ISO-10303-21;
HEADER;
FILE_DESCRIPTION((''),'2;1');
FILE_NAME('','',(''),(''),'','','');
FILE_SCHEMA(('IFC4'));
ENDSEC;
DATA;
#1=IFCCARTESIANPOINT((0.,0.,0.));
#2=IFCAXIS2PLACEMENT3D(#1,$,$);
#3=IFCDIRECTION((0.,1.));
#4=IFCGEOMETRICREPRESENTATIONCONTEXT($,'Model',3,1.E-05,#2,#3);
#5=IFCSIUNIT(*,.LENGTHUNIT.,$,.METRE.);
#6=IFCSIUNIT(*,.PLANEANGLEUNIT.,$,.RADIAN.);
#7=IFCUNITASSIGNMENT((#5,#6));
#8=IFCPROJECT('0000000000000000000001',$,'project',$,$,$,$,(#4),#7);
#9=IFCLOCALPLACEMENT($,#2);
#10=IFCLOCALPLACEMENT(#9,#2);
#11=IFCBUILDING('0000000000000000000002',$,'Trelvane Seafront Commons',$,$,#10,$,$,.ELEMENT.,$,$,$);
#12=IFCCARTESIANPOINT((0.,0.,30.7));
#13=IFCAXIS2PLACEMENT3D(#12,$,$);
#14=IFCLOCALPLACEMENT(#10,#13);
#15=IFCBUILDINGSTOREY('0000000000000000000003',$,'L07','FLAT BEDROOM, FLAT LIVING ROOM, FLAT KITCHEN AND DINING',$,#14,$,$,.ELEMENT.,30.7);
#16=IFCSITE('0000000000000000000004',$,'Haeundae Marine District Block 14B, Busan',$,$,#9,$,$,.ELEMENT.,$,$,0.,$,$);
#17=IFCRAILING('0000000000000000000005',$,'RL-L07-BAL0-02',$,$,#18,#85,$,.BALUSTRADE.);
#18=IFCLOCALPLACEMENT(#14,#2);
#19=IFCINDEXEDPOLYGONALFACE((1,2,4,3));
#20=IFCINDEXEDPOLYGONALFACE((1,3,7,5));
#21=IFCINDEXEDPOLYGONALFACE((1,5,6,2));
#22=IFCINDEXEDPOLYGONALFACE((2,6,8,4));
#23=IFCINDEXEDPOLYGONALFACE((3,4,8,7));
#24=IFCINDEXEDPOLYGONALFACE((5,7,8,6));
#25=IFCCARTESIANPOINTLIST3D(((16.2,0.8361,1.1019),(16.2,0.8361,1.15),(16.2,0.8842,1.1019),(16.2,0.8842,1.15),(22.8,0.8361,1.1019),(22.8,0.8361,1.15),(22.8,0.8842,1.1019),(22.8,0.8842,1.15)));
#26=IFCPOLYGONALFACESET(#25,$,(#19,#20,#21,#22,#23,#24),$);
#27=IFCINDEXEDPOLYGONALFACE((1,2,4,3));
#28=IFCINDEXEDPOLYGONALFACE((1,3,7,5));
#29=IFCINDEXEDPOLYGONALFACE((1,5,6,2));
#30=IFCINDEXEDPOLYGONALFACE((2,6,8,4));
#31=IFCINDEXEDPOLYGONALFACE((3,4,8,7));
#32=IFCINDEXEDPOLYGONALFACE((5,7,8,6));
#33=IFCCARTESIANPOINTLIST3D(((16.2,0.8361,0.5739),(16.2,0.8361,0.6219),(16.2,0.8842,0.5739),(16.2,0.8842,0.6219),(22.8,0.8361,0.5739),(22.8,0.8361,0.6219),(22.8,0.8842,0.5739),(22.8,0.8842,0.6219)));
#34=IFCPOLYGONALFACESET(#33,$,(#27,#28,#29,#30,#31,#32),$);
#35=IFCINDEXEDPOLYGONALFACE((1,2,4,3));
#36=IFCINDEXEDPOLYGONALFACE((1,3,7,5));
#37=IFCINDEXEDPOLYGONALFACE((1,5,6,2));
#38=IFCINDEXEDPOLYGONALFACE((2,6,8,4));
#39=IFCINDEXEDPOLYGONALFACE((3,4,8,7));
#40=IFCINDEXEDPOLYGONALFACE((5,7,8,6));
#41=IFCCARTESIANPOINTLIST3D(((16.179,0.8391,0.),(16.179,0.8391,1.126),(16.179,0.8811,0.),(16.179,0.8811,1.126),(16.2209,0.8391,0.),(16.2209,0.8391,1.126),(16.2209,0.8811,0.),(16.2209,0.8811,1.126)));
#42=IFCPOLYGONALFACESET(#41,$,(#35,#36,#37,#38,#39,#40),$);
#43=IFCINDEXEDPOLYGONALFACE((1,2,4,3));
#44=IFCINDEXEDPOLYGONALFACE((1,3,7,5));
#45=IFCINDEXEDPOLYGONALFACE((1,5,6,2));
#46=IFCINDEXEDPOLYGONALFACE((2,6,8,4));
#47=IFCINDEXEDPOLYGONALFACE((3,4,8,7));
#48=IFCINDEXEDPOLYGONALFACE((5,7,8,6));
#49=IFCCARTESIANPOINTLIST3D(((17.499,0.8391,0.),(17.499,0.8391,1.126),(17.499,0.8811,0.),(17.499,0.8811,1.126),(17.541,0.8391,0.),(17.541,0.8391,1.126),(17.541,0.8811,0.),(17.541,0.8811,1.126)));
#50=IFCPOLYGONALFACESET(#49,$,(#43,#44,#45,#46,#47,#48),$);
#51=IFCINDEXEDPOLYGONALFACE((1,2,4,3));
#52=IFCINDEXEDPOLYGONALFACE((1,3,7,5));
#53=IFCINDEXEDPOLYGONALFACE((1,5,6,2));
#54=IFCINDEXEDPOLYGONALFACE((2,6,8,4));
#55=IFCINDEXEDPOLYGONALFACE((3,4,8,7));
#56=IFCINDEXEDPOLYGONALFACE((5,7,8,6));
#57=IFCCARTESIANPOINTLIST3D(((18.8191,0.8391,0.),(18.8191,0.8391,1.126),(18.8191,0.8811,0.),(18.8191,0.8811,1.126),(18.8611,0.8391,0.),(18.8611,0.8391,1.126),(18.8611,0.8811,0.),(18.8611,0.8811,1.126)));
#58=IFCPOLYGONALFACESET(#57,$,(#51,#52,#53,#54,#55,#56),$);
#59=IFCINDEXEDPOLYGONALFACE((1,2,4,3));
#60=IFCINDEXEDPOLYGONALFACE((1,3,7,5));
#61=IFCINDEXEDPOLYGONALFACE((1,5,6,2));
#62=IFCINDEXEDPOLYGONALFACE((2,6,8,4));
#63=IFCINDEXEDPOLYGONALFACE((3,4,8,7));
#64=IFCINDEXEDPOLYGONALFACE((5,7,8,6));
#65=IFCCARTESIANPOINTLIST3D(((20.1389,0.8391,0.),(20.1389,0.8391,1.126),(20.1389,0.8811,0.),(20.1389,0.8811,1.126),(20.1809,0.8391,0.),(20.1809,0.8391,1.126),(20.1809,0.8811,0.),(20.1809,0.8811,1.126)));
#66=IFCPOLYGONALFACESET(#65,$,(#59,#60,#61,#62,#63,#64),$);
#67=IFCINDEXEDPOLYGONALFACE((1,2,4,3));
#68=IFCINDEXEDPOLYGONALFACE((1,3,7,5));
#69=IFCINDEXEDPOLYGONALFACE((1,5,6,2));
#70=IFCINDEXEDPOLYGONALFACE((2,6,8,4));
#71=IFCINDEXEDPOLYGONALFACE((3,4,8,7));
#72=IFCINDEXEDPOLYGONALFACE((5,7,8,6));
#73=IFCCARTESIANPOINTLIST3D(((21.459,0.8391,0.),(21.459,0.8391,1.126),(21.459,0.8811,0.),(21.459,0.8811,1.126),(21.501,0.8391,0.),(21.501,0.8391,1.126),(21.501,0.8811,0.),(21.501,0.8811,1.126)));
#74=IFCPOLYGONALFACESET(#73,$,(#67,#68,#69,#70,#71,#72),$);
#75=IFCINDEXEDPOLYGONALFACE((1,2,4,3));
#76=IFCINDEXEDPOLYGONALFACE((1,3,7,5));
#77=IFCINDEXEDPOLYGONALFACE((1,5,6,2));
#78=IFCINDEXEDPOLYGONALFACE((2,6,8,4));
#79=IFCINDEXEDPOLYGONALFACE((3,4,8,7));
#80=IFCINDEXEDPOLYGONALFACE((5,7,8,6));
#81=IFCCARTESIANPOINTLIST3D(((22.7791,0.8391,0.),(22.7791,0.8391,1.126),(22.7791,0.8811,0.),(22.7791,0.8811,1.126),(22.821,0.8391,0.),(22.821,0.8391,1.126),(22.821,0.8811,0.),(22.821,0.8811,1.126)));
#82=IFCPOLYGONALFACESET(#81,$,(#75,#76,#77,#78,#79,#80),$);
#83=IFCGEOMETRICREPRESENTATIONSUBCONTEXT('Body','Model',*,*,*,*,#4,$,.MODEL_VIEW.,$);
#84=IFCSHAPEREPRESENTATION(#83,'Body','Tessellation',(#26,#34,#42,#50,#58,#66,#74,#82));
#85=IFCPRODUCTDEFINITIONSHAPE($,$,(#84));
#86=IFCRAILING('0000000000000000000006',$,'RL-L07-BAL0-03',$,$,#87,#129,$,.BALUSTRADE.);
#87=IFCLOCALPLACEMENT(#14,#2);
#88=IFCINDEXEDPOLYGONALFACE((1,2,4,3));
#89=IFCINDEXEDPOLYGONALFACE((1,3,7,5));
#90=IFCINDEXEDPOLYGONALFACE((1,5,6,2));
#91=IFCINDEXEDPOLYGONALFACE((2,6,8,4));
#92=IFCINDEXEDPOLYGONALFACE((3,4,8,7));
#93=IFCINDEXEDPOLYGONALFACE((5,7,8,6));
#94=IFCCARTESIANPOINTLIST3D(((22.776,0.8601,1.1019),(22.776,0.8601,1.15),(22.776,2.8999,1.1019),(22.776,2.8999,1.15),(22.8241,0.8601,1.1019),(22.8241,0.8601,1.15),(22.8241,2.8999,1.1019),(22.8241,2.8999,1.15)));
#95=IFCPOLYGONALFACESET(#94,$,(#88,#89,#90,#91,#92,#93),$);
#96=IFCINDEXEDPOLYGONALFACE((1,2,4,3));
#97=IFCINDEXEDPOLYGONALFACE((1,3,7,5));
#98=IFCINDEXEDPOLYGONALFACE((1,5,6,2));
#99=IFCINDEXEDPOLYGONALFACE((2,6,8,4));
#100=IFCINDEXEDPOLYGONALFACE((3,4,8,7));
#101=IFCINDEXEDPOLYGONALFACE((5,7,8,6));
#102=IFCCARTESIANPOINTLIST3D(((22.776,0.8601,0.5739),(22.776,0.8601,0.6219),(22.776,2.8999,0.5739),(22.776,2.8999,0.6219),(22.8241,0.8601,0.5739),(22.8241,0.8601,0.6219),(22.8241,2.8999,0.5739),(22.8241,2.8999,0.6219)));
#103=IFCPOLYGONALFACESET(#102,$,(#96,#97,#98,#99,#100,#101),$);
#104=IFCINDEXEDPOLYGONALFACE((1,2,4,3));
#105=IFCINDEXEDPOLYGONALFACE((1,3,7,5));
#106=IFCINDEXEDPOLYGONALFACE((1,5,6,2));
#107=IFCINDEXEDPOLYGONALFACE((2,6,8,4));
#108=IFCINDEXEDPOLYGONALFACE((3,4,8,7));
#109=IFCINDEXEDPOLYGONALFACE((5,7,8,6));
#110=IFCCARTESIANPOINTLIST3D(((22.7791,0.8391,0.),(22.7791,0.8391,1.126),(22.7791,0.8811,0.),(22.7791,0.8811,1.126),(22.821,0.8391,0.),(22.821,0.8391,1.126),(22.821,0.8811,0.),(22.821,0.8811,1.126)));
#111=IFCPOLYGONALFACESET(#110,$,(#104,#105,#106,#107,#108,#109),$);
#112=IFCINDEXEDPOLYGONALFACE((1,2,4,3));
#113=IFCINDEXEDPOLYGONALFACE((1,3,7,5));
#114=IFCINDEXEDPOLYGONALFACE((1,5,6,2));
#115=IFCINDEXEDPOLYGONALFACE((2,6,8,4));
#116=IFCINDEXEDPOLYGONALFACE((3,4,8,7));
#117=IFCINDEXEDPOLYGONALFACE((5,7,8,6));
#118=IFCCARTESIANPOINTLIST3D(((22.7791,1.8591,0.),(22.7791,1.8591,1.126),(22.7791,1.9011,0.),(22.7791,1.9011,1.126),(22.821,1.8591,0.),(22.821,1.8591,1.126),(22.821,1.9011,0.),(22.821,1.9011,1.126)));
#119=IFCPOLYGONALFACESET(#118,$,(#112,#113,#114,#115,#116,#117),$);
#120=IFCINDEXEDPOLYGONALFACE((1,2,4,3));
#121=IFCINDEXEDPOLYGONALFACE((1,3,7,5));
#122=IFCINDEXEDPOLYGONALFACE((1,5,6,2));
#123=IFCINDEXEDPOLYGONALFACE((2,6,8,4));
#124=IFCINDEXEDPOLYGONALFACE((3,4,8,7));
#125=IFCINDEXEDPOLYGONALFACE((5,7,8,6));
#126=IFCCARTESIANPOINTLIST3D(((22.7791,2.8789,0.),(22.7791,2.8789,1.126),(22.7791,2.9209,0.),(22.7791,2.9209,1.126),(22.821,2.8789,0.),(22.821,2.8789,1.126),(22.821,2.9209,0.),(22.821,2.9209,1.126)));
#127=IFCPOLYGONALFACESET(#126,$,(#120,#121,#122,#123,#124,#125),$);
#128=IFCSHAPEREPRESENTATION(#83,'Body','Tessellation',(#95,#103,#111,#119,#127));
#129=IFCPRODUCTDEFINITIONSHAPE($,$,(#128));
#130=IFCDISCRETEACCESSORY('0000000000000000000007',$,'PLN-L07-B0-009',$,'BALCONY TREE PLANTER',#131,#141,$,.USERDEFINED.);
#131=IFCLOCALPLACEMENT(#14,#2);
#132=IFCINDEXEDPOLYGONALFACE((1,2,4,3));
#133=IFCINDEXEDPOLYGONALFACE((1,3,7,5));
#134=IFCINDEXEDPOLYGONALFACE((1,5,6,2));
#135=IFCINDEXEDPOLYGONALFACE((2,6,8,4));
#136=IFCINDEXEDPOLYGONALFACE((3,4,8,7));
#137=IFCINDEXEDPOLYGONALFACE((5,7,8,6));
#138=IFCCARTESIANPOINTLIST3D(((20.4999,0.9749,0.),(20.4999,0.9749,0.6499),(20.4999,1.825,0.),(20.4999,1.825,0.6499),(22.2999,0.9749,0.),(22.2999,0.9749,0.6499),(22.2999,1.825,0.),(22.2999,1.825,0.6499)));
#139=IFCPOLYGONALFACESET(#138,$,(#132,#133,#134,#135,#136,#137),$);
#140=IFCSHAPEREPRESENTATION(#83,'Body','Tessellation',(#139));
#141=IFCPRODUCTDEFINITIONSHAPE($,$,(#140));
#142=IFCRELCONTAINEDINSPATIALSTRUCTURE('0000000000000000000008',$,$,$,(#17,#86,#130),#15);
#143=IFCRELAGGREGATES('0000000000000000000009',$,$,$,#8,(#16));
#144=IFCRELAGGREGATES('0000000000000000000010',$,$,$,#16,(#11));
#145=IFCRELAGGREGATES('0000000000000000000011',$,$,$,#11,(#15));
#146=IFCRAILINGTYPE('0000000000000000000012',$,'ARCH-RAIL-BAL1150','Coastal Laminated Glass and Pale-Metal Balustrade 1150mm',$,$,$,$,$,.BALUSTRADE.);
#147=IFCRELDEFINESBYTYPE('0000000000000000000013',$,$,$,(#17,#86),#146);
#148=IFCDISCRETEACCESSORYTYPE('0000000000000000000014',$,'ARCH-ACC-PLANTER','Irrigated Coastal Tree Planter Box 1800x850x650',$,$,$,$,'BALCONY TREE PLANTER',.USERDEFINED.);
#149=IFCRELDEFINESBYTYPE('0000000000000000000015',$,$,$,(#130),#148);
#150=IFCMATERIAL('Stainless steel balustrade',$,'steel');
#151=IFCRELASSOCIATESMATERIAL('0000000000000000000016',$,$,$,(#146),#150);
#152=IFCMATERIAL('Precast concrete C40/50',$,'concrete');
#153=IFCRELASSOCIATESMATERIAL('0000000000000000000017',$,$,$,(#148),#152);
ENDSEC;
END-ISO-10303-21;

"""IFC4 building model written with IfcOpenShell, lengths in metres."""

from ifc_helpers import new_model, si_unit, direction, frame, origin, origin_2d, place, context, subcontext, project, spatial, rectangle, extrude, source, transform, mapped, material, type_object, element, save


model = new_model("IFC4")

# Units and contexts
model_context = context("Model", 3, precision=1e-05, world=origin(), true_north=direction((0.0, 1.0)))
body_context = subcontext(model_context, "Body", "Model", "MODEL_VIEW")
ifc_project = project(units=[si_unit("LENGTHUNIT", "METRE"), si_unit("PLANEANGLEUNIT", "RADIAN")], contexts=[model_context])

# Site, building, storey
site_placement = place(None, origin())
site = spatial("IfcSite", under=ifc_project, at=site_placement, Name="Haeundae Marine District Block 14B, Busan", CompositionType="ELEMENT", RefElevation=0.0)
building_placement = place(site_placement, origin())
building = spatial("IfcBuilding", under=site, at=building_placement, Name="Trelvane Seafront Commons", CompositionType="ELEMENT")
storey_placement = place(building_placement, frame((0.0, 0.0, 30.7)))
storey = spatial("IfcBuildingStorey", under=building, at=storey_placement, Name="L07", Description="FLAT BEDROOM, FLAT LIVING ROOM, FLAT KITCHEN AND DINING", CompositionType="ELEMENT", Elevation=30.7)

# Railings
ifc_material_1 = material(Name="Stainless steel balustrade", Category="steel")
railing_type = type_object("IfcRailingType", Name="ARCH-RAIL-BAL1150", Description="Coastal Laminated Glass and Pale-Metal Balustrade 1150mm", PredefinedType="BALUSTRADE", material=ifc_material_1)
railing_1_placement = place(storey_placement, frame((16.2, 0.8601, 0.0)))
element("IfcRailing", 1, at=railing_1_placement, inside=storey, type_object=railing_type, Name="RL-L07-BAL0-02", PredefinedType="BALUSTRADE", context=body_context, shape_type="SweptSolid", body=[
    extrude(rectangle(XDim=0.0481, YDim=0.0481, at=origin_2d()), frame((0.0, 0.0, 1.126), z_axis=(1.0, 0.0, 0.0), x_axis=(0.0, 1.0, 0.0)), (0.0, 0.0, 1.0), 6.6001),
    extrude(rectangle(XDim=0.0481, YDim=0.0481, at=origin_2d()), frame((0.0, 0.0, 0.5979), z_axis=(1.0, 0.0, 0.0), x_axis=(0.0, 1.0, 0.0)), (0.0, 0.0, 1.0), 6.6001),
    extrude(rectangle(XDim=0.042, YDim=0.042, at=origin_2d()), origin(), (0.0, 0.0, 1.0), 1.126),
    extrude(rectangle(XDim=0.042, YDim=0.042, at=origin_2d()), frame((1.3201, 0.0, 0.0)), (0.0, 0.0, 1.0), 1.126),
    extrude(rectangle(XDim=0.042, YDim=0.042, at=origin_2d()), frame((2.6401, 0.0, 0.0)), (0.0, 0.0, 1.0), 1.126),
    extrude(rectangle(XDim=0.042, YDim=0.042, at=origin_2d()), frame((3.96, 0.0, 0.0)), (0.0, 0.0, 1.0), 1.126),
    extrude(rectangle(XDim=0.042, YDim=0.042, at=origin_2d()), frame((5.28, 0.0, 0.0)), (0.0, 0.0, 1.0), 1.126),
    extrude(rectangle(XDim=0.042, YDim=0.042, at=origin_2d()), frame((6.6001, 0.0, 0.0)), (0.0, 0.0, 1.0), 1.126),
])
railing_2_placement = place(storey_placement, frame((22.8, 0.8601, 0.0)))
element("IfcRailing", 2, at=railing_2_placement, inside=storey, type_object=railing_type, Name="RL-L07-BAL0-03", PredefinedType="BALUSTRADE", context=body_context, shape_type="SweptSolid", body=[
    extrude(rectangle(XDim=0.0481, YDim=0.0481, at=origin_2d()), frame((0.0, 0.0, 1.126), z_axis=(0.0, 1.0, 0.0), x_axis=(-1.0, 0.0, 0.0)), (0.0, 0.0, 1.0), 2.0398),
    extrude(rectangle(XDim=0.0481, YDim=0.0481, at=origin_2d()), frame((0.0, 0.0, 0.5979), z_axis=(0.0, 1.0, 0.0), x_axis=(-1.0, 0.0, 0.0)), (0.0, 0.0, 1.0), 2.0398),
    extrude(rectangle(XDim=0.042, YDim=0.042, at=origin_2d()), origin(), (0.0, 0.0, 1.0), 1.126),
    extrude(rectangle(XDim=0.042, YDim=0.042, at=origin_2d()), frame((0.0, 1.02, 0.0)), (0.0, 0.0, 1.0), 1.126),
    extrude(rectangle(XDim=0.042, YDim=0.042, at=origin_2d()), frame((0.0, 2.0398, 0.0)), (0.0, 0.0, 1.0), 1.126),
])

# Discrete accessory
ifc_material_2 = material(Name="Precast concrete C40/50", Category="concrete")
discrete_accessory_type = type_object("IfcDiscreteAccessoryType", Name="ARCH-ACC-PLANTER", Description="Irrigated Coastal Tree Planter Box 1800x850x650", ElementType="BALCONY TREE PLANTER", PredefinedType="USERDEFINED", material=ifc_material_2)
shared_shape_1 = source(origin(), body_context, "Body", "SweptSolid", [
    extrude(rectangle(XDim=1.8, YDim=0.8501, at=origin_2d()), origin(), (0.0, 0.0, 1.0), 0.6499),
])
discrete_accessory_placement = place(storey_placement, frame((21.3999, 1.3999, 0.0), z_axis=(0.0, 0.0, 1.0), x_axis=(1.0, 0.0, 0.0)))
element("IfcDiscreteAccessory", 3, at=discrete_accessory_placement, inside=storey, type_object=discrete_accessory_type, Name="PLN-L07-B0-009", ObjectType="BALCONY TREE PLANTER", PredefinedType="USERDEFINED", context=body_context, shape_type="MappedRepresentation", body=[
    mapped(shared_shape_1, transform((0.0, 0.0, 0.0), x_axis=(1.0, 0.0, 0.0), y_axis=(0.0, 1.0, 0.0), z_axis=(0.0, 0.0, 1.0), scale=1.0)),
])

save(model, "model.ifc")
